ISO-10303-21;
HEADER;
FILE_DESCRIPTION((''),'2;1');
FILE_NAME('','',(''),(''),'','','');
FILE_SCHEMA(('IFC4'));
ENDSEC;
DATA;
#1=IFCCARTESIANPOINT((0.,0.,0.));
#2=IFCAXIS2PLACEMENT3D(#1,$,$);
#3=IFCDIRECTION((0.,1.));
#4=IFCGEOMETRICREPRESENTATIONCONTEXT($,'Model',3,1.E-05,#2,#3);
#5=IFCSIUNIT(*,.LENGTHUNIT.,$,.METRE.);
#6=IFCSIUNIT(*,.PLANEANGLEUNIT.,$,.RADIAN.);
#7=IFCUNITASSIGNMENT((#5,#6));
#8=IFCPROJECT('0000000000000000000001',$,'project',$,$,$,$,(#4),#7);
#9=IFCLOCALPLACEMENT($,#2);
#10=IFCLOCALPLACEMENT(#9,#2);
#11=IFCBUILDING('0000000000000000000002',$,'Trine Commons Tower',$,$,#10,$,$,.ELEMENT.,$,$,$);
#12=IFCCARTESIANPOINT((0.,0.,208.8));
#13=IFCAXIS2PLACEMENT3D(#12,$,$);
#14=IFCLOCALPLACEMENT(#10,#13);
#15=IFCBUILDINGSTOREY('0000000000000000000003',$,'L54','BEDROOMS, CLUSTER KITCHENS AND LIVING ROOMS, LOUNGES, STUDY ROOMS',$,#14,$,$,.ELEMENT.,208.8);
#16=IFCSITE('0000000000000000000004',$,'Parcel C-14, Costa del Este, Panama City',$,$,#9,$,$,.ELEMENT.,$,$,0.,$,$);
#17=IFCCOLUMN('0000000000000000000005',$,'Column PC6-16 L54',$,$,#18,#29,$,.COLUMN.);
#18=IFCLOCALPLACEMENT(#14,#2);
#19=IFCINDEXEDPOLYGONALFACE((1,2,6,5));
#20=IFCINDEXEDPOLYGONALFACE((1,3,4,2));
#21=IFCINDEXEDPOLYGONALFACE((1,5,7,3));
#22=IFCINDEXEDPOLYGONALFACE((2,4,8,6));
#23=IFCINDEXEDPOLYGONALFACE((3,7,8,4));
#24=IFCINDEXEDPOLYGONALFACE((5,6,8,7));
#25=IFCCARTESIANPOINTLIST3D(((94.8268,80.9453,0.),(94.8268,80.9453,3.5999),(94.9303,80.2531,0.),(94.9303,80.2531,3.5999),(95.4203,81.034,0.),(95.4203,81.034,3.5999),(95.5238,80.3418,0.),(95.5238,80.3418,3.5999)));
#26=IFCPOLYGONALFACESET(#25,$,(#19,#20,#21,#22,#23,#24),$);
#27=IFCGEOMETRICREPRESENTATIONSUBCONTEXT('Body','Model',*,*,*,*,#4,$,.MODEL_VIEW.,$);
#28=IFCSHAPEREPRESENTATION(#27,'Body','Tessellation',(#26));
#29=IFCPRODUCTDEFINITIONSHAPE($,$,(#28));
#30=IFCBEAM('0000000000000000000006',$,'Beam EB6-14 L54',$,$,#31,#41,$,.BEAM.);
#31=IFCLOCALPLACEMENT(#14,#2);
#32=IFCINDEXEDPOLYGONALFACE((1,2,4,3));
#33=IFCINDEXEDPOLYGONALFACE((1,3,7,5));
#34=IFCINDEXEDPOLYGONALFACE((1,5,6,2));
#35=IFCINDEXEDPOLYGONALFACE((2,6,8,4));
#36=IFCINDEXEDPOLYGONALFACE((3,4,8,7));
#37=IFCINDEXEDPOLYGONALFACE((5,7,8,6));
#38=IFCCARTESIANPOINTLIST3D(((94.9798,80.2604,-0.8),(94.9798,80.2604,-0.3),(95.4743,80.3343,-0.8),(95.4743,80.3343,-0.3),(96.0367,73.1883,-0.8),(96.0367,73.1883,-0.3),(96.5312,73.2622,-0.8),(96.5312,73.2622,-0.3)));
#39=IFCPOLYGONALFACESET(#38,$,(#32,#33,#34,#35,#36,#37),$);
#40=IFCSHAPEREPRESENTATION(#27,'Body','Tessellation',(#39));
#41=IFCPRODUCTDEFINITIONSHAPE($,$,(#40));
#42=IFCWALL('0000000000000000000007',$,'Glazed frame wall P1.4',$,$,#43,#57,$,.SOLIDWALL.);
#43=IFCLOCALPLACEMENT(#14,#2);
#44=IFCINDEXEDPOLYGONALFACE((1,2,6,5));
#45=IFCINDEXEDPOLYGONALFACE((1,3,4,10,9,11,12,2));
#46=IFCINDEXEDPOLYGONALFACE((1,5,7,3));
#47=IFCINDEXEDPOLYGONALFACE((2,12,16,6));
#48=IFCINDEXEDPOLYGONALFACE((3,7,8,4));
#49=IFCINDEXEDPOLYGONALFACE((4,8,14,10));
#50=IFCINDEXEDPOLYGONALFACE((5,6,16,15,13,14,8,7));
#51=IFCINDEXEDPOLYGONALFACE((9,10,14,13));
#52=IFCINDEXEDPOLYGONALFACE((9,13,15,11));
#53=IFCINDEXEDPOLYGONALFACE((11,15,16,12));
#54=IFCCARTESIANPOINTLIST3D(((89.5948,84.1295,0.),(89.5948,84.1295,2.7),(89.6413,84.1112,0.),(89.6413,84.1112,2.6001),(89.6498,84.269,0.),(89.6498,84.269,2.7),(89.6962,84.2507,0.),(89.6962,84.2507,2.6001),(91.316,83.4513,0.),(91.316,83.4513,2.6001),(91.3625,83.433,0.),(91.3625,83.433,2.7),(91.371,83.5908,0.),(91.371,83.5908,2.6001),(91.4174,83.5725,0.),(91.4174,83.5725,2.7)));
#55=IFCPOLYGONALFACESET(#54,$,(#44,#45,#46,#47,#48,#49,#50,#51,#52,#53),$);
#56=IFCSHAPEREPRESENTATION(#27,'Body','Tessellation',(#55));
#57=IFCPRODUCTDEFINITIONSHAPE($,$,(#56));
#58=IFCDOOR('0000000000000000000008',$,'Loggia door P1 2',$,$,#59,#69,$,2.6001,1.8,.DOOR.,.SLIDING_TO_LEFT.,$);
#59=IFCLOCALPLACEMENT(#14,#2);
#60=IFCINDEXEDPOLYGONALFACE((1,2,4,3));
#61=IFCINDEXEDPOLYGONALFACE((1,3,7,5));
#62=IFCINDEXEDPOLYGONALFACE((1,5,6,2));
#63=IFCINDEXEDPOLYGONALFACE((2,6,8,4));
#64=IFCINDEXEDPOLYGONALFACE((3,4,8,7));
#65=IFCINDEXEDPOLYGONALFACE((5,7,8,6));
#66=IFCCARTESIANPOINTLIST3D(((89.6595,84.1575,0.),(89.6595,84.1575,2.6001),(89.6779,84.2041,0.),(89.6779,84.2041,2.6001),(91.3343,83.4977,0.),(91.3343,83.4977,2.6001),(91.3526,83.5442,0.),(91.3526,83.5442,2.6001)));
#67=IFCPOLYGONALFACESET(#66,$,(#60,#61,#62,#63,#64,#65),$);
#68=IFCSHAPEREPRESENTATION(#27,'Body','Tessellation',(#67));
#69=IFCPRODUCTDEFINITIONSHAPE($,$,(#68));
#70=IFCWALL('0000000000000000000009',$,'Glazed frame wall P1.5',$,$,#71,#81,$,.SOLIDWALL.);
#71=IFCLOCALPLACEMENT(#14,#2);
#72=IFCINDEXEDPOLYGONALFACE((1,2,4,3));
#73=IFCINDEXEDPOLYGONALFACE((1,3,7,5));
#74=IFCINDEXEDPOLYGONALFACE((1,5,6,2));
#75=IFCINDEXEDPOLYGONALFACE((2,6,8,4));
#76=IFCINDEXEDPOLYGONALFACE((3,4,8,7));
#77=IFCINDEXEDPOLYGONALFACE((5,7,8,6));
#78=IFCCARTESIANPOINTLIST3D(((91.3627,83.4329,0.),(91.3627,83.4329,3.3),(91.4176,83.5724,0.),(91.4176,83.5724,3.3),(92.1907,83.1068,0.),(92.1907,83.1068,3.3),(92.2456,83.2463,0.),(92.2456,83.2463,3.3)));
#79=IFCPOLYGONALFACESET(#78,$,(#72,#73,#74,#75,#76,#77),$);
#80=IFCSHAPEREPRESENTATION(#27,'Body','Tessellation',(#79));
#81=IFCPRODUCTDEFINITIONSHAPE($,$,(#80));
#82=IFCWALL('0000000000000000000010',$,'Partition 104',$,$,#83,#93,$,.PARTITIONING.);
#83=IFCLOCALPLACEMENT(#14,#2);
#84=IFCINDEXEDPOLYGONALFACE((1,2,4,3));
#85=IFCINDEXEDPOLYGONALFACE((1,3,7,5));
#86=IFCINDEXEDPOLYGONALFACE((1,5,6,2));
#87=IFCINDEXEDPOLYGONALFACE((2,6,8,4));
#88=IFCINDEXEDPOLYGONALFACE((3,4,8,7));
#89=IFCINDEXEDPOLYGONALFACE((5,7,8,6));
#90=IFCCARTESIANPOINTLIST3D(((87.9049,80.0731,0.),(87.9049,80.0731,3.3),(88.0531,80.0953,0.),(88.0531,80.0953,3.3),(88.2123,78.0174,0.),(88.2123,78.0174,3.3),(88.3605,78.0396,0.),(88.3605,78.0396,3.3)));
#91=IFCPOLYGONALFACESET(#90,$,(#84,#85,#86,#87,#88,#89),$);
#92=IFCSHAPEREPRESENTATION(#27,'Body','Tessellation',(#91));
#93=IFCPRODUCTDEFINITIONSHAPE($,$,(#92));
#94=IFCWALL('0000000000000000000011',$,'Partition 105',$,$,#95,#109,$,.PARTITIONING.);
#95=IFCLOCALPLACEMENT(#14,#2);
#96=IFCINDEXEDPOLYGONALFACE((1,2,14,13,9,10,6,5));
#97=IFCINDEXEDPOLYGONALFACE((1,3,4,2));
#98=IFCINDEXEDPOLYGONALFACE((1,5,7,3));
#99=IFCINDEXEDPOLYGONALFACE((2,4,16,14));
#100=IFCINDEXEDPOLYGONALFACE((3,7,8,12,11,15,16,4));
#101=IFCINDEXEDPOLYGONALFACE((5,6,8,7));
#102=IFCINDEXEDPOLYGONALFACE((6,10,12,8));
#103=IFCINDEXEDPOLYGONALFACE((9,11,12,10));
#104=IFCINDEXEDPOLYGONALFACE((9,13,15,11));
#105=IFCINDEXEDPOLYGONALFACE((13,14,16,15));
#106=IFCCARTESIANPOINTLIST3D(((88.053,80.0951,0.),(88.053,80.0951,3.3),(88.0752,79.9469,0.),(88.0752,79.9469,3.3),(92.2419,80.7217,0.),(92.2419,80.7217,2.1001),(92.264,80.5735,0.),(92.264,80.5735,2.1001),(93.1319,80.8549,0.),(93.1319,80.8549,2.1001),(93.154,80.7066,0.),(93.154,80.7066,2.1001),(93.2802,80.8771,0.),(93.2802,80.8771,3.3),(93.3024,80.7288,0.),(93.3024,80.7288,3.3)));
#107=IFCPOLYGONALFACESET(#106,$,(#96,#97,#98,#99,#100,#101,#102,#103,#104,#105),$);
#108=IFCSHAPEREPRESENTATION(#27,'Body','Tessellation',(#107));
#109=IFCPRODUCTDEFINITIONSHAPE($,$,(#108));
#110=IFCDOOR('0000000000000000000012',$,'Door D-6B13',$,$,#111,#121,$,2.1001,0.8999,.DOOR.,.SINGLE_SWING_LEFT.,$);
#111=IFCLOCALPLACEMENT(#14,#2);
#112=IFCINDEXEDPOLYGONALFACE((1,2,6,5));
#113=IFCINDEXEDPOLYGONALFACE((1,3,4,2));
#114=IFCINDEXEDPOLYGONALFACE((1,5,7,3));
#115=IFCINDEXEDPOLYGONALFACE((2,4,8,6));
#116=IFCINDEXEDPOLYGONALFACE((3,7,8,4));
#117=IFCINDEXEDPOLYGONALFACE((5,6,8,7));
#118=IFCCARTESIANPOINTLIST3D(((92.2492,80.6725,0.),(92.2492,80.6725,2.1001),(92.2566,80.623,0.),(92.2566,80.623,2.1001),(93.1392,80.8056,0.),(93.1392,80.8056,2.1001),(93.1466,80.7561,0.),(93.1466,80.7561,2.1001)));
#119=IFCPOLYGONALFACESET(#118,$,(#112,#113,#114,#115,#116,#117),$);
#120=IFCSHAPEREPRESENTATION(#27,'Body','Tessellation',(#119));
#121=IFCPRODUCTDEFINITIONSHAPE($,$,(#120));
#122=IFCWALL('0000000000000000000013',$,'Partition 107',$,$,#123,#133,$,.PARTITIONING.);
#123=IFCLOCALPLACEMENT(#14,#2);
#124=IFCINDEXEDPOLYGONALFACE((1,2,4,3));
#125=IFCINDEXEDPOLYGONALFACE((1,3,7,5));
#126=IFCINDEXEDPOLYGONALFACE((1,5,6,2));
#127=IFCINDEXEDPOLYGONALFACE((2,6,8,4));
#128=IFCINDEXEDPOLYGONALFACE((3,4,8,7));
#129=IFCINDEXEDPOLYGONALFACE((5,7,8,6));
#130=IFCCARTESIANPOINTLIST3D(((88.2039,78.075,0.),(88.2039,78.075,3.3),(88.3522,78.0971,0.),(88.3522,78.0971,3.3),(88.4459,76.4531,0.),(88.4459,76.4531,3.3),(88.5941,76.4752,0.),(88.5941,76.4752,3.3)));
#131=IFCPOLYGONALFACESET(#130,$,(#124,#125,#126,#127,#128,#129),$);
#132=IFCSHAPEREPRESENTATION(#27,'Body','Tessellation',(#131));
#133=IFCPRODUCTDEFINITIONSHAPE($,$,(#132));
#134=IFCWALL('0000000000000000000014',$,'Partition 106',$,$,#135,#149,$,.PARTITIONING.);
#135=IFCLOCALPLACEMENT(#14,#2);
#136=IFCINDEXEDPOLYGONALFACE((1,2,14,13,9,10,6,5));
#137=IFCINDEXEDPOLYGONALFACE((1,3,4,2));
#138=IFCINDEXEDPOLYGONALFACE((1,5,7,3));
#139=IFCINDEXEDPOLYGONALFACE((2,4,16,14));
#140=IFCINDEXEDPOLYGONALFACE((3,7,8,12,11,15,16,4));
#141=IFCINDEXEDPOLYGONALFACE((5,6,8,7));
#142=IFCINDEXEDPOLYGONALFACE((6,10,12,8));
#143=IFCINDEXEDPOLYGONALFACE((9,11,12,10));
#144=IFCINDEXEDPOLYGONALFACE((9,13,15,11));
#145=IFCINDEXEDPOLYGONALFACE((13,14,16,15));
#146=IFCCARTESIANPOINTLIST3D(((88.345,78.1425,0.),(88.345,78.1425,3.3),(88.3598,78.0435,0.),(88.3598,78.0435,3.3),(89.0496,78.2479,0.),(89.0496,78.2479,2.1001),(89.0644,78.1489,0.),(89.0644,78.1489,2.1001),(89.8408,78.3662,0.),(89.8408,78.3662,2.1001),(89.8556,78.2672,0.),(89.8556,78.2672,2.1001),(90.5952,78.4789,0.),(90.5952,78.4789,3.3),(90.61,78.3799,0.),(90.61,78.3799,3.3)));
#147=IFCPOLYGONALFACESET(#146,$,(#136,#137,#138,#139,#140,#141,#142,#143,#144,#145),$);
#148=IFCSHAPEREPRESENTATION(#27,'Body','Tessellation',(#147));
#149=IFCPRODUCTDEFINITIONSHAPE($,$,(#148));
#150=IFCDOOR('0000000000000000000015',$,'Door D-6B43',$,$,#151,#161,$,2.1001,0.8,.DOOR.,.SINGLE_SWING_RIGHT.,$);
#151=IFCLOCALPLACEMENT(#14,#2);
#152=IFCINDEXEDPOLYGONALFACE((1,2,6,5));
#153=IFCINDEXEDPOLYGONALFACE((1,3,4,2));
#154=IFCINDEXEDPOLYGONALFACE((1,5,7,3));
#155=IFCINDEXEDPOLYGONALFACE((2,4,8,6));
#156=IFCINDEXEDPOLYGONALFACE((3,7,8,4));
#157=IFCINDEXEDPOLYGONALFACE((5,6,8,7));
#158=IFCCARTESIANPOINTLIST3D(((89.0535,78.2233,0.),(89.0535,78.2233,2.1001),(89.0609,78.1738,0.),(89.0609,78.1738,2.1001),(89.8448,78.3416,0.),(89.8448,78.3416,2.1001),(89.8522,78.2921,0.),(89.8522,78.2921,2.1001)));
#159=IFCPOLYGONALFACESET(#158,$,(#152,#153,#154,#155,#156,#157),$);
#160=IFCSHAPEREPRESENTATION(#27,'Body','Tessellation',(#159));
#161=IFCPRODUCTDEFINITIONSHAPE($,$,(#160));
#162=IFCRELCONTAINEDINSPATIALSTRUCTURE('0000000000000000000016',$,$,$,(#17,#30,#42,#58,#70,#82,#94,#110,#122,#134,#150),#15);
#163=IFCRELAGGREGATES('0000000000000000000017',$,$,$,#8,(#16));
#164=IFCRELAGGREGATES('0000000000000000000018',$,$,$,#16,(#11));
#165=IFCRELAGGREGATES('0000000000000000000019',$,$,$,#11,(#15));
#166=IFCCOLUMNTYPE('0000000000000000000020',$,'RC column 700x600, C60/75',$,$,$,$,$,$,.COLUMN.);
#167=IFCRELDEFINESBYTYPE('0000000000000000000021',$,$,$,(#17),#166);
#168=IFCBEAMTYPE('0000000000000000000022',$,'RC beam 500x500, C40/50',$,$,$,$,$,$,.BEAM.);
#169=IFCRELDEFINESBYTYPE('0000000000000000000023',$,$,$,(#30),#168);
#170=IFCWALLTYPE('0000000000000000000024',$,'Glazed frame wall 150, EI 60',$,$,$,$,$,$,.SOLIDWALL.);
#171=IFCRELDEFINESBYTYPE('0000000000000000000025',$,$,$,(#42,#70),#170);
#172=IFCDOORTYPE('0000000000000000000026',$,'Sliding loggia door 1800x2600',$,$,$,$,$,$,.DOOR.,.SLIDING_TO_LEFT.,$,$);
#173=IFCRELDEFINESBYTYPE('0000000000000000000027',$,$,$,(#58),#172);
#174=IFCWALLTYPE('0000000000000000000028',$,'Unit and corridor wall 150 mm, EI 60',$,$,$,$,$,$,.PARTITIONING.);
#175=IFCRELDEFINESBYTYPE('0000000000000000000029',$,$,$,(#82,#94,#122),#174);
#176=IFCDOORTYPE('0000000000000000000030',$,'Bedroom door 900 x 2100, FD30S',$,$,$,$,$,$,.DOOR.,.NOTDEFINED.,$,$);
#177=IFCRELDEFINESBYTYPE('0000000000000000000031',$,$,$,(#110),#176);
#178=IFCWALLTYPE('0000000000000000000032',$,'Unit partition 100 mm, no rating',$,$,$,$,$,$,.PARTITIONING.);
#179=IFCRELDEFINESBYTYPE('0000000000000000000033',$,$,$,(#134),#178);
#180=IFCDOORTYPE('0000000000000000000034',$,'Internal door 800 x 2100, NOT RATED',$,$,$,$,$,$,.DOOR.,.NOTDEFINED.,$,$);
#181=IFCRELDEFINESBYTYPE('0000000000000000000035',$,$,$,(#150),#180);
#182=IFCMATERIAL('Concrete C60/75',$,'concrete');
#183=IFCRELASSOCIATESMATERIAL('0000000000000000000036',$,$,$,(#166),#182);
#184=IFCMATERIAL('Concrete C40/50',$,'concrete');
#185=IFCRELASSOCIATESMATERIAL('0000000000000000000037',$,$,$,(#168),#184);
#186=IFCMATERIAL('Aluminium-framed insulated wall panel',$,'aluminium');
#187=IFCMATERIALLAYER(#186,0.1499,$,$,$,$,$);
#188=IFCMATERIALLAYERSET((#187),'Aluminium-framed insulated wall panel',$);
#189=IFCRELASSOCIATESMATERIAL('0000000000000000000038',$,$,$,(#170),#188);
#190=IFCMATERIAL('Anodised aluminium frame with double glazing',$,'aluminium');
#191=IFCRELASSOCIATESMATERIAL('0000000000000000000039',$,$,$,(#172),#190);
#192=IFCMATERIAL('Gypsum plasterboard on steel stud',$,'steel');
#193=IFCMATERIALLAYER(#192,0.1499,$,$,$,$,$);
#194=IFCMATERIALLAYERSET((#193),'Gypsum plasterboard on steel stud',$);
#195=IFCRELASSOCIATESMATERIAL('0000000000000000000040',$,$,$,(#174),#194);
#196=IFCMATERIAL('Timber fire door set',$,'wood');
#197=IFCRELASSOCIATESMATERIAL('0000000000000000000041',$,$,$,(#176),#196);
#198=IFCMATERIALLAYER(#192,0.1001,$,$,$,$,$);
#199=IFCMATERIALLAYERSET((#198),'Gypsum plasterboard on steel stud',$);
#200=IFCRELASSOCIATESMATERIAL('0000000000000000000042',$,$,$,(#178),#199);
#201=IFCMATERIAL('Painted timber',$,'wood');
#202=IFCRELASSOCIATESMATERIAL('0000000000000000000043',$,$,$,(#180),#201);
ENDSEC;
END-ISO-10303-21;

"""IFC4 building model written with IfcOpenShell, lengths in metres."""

from ifc_helpers import new_model, si_unit, direction, frame, frame_2d, origin, origin_2d, place, context, subcontext, project, spatial, polyline, rectangle, outline, extrude, material, layer, layer_set, material_profile, profile_set, type_object, element, fill, save


model = new_model("IFC4")

# Units and contexts
model_context = context("Model", 3, precision=1e-05, world=origin(), true_north=direction((0.0, 1.0)))
body_context = subcontext(model_context, "Body", "Model", "MODEL_VIEW")
ifc_project = project(units=[si_unit("LENGTHUNIT", "METRE"), si_unit("PLANEANGLEUNIT", "RADIAN")], contexts=[model_context])

# Site, building, storey
site_placement = place(None, origin())
site = spatial("IfcSite", under=ifc_project, at=site_placement, Name="Parcel C-14, Costa del Este, Panama City", CompositionType="ELEMENT", RefElevation=0.0)
building_placement = place(site_placement, origin())
building = spatial("IfcBuilding", under=site, at=building_placement, Name="Trine Commons Tower", CompositionType="ELEMENT")
storey_placement = place(building_placement, frame((0.0, 0.0, 208.8)))
storey = spatial("IfcBuildingStorey", under=building, at=storey_placement, Name="L54", Description="BEDROOMS, CLUSTER KITCHENS AND LIVING ROOMS, LOUNGES, STUDY ROOMS", CompositionType="ELEMENT", Elevation=208.8)

# Column
ifc_material_1 = material(Name="Concrete C60/75", Category="concrete")
ifc_material_profile_1 = material_profile(ifc_material_1, rectangle(XDim=0.7, YDim=0.6001, at=origin_2d()), Name="RC 700x600")
ifc_profile_set_1 = profile_set([ifc_material_profile_1], Name="Concrete C60/75")
column_type = type_object("IfcColumnType", Name="RC column 700x600, C60/75", PredefinedType="COLUMN", material=ifc_profile_set_1)
column_placement = place(storey_placement, frame((95.1753, 80.6436, 0.0), z_axis=(0.0, 0.0, 1.0), x_axis=(-0.147809, 0.989016, 0.0)))
element("IfcColumn", 1, at=column_placement, inside=storey, type_object=column_type, Name="Column PC6-16 L54", PredefinedType="COLUMN", context=body_context, shape_type="SweptSolid", body=[
    extrude(rectangle(XDim=0.7, YDim=0.6001, at=origin_2d()), origin(), (0.0, 0.0, 1.0), 3.5999),
])

# Beam
ifc_material_2 = material(Name="Concrete C40/50", Category="concrete")
ifc_material_profile_2 = material_profile(ifc_material_2, rectangle(XDim=0.5, YDim=0.5, at=origin_2d()), Name="RC 500x500")
ifc_profile_set_2 = profile_set([ifc_material_profile_2], Name="Concrete C40/50")
beam_type = type_object("IfcBeamType", Name="RC beam 500x500, C40/50", PredefinedType="BEAM", material=ifc_profile_set_2)
beam_placement = place(storey_placement, frame((95.2271, 80.2974, -0.55), z_axis=(0.147804, -0.989017, 0.0), x_axis=(0.989017, 0.147804, 0.0)))
element("IfcBeam", 2, at=beam_placement, inside=storey, type_object=beam_type, Name="Beam EB6-14 L54", PredefinedType="BEAM", context=body_context, shape_type="SweptSolid", body=[
    extrude(rectangle(XDim=0.5, YDim=0.5, at=origin_2d()), origin(), (0.0, 0.0, 1.0), 7.1506),
])

# Wall, opening, door
ifc_material_3 = material(Name="Aluminium-framed insulated wall panel", Category="aluminium")
ifc_layer_1 = layer(ifc_material_3, 0.1499)
ifc_layer_set_1 = layer_set([ifc_layer_1], Name="Aluminium-framed insulated wall panel")
wall_type_1 = type_object("IfcWallType", Name="Glazed frame wall 150, EI 60", PredefinedType="SOLIDWALL", material=ifc_layer_set_1)
wall_1_placement = place(storey_placement, frame((89.6223, 84.1992, 0.0), z_axis=(0.0, 0.0, 1.0), x_axis=(0.930387, -0.366578, 0.0)))
wall_1 = element("IfcWall", 3, at=wall_1_placement, inside=storey, type_object=wall_type_1, Name="Glazed frame wall P1.4", PredefinedType="SOLIDWALL", context=body_context, shape_type="SweptSolid", body=[
    extrude(outline(polyline([(0.0, -0.075), (1.8999, -0.075), (1.8999, 0.075), (0.0, 0.075), (0.0, -0.075)])), origin(), (0.0, 0.0, 1.0), 2.7),
])
opening_1_placement = place(wall_1_placement, frame((0.05, 0.0, 0.0)))
opening_1 = element("IfcOpeningElement", 4, at=opening_1_placement, cuts=wall_1, PredefinedType="OPENING", context=body_context, shape_type="SweptSolid", body=[
    extrude(rectangle(XDim=1.8, YDim=2.6001, at=frame_2d((0.8999, 1.3))), frame((0.0, 0.085, 0.0), z_axis=(0.0, -1.0, 0.0), x_axis=(1.0, 0.0, 0.0)), (0.0, 0.0, 1.0), 0.1699),
])
ifc_material_4 = material(Name="Anodised aluminium frame with double glazing", Category="aluminium")
door_type_1 = type_object("IfcDoorType", Name="Sliding loggia door 1800x2600", OperationType="SLIDING_TO_LEFT", PredefinedType="DOOR", material=ifc_material_4)
door_1_placement = place(opening_1_placement, origin())
door_1 = element("IfcDoor", 5, at=door_1_placement, inside=storey, type_object=door_type_1, Name="Loggia door P1 2", OperationType="SLIDING_TO_LEFT", OverallHeight=2.6001, OverallWidth=1.8, PredefinedType="DOOR", context=body_context, shape_type="SweptSolid", body=[
    extrude(rectangle(XDim=1.8, YDim=2.6001, at=frame_2d((0.8999, 1.3))), frame((0.0, 0.0249, 0.0), z_axis=(0.0, -1.0, 0.0), x_axis=(1.0, 0.0, 0.0)), (0.0, 0.0, 1.0), 0.05),
])
fill(opening_1, door_1)

# Wall
wall_2_placement = place(storey_placement, frame((91.3901, 83.5027, 0.0), z_axis=(0.0, 0.0, 1.0), x_axis=(0.930434, -0.36646, 0.0)))
element("IfcWall", 6, at=wall_2_placement, inside=storey, type_object=wall_type_1, Name="Glazed frame wall P1.5", PredefinedType="SOLIDWALL", context=body_context, shape_type="SweptSolid", body=[
    extrude(outline(polyline([(0.8899, 0.075), (0.0, 0.075), (0.0, -0.075), (0.8899, -0.075), (0.8899, 0.075)])), origin(), (0.0, 0.0, 1.0), 3.3),
])

# Wall
ifc_material_5 = material(Name="Gypsum plasterboard on steel stud", Category="steel")
ifc_layer_2 = layer(ifc_material_5, 0.1499)
ifc_layer_set_2 = layer_set([ifc_layer_2], Name="Gypsum plasterboard on steel stud")
wall_type_2 = type_object("IfcWallType", Name="Unit and corridor wall 150 mm, EI 60", PredefinedType="PARTITIONING", material=ifc_layer_set_2)
wall_3_placement = place(storey_placement, frame((87.979, 80.0842, 0.0), z_axis=(0.0, 0.0, 1.0), x_axis=(0.147881, -0.989005, 0.0)))
element("IfcWall", 7, at=wall_3_placement, inside=storey, type_object=wall_type_2, Name="Partition 104", PredefinedType="PARTITIONING", context=body_context, shape_type="SweptSolid", body=[
    extrude(rectangle(XDim=2.0786, YDim=0.1499, at=frame_2d((1.0393, 0.0))), origin(), (0.0, 0.0, 1.0), 3.3),
])

# Wall, opening, door
wall_4_placement = place(storey_placement, frame((88.0642, 80.021, 0.0), z_axis=(0.0, 0.0, 1.0), x_axis=(0.988995, 0.14795, 0.0)))
wall_4 = element("IfcWall", 8, at=wall_4_placement, inside=storey, type_object=wall_type_2, Name="Partition 105", PredefinedType="PARTITIONING", context=body_context, shape_type="SweptSolid", body=[
    extrude(rectangle(XDim=5.2854, YDim=0.1499, at=frame_2d((2.6426, 0.0))), origin(), (0.0, 0.0, 1.0), 3.3),
])
opening_2_placement = place(wall_4_placement, frame((4.2354, 0.0, 0.0)))
opening_2 = element("IfcOpeningElement", 9, at=opening_2_placement, cuts=wall_4, PredefinedType="OPENING", context=body_context, shape_type="SweptSolid", body=[
    extrude(rectangle(XDim=0.8999, YDim=2.1001, at=frame_2d((0.45, 1.05))), frame((0.0, 0.085, 0.0), z_axis=(0.0, -1.0, 0.0), x_axis=(1.0, 0.0, 0.0)), (0.0, 0.0, 1.0), 0.1699),
])
ifc_material_6 = material(Name="Timber fire door set", Category="wood")
door_type_2 = type_object("IfcDoorType", Name="Bedroom door 900 x 2100, FD30S", OperationType="NOTDEFINED", PredefinedType="DOOR", material=ifc_material_6)
door_2_placement = place(opening_2_placement, frame((0.8999, 0.0, 0.0), z_axis=(0.0, 0.0, 1.0), x_axis=(-1.0, 0.0, 0.0)))
door_2 = element("IfcDoor", 10, at=door_2_placement, inside=storey, type_object=door_type_2, Name="Door D-6B13", OperationType="SINGLE_SWING_LEFT", OverallHeight=2.1001, OverallWidth=0.8999, PredefinedType="DOOR", context=body_context, shape_type="SweptSolid", body=[
    extrude(rectangle(XDim=0.8999, YDim=2.1001, at=frame_2d((0.45, 1.05))), frame((0.0, 0.0249, 0.0), z_axis=(0.0, -1.0, 0.0), x_axis=(1.0, 0.0, 0.0)), (0.0, 0.0, 1.0), 0.05),
])
fill(opening_2, door_2)

# Wall
wall_5_placement = place(storey_placement, frame((88.2781, 78.0859, 0.0), z_axis=(0.0, 0.0, 1.0), x_axis=(0.147547, -0.989055, 0.0)))
element("IfcWall", 11, at=wall_5_placement, inside=storey, type_object=wall_type_2, Name="Partition 107", PredefinedType="PARTITIONING", context=body_context, shape_type="SweptSolid", body=[
    extrude(rectangle(XDim=1.6399, YDim=0.1499, at=frame_2d((0.8198, 0.0))), origin(), (0.0, 0.0, 1.0), 3.3),
])

# Wall, opening, door
ifc_layer_3 = layer(ifc_material_5, 0.1001)
ifc_layer_set_3 = layer_set([ifc_layer_3], Name="Gypsum plasterboard on steel stud")
wall_type_3 = type_object("IfcWallType", Name="Unit partition 100 mm, no rating", PredefinedType="PARTITIONING", material=ifc_layer_set_3)
wall_6_placement = place(storey_placement, frame((88.3523, 78.093, 0.0), z_axis=(0.0, 0.0, 1.0), x_axis=(0.989008, 0.147863, 0.0)))
wall_6 = element("IfcWall", 12, at=wall_6_placement, inside=storey, type_object=wall_type_3, Name="Partition 106", PredefinedType="PARTITIONING", context=body_context, shape_type="SweptSolid", body=[
    extrude(rectangle(XDim=2.2751, YDim=0.1001, at=frame_2d((1.1377, 0.0))), origin(), (0.0, 0.0, 1.0), 3.3),
])
opening_3_placement = place(wall_6_placement, frame((0.7126, 0.0, 0.0)))
opening_3 = element("IfcOpeningElement", 13, at=opening_3_placement, cuts=wall_6, PredefinedType="OPENING", context=body_context, shape_type="SweptSolid", body=[
    extrude(rectangle(XDim=0.8, YDim=2.1001, at=frame_2d((0.3999, 1.05))), frame((0.0, 0.0601, 0.0), z_axis=(0.0, -1.0, 0.0), x_axis=(1.0, 0.0, 0.0)), (0.0, 0.0, 1.0), 0.1201),
])
ifc_material_7 = material(Name="Painted timber", Category="wood")
door_type_3 = type_object("IfcDoorType", Name="Internal door 800 x 2100, NOT RATED", OperationType="NOTDEFINED", PredefinedType="DOOR", material=ifc_material_7)
door_3_placement = place(opening_3_placement, frame((0.8, 0.0, 0.0), z_axis=(0.0, 0.0, 1.0), x_axis=(-1.0, 0.0, 0.0)))
door_3 = element("IfcDoor", 14, at=door_3_placement, inside=storey, type_object=door_type_3, Name="Door D-6B43", OperationType="SINGLE_SWING_RIGHT", OverallHeight=2.1001, OverallWidth=0.8, PredefinedType="DOOR", context=body_context, shape_type="SweptSolid", body=[
    extrude(rectangle(XDim=0.8, YDim=2.1001, at=frame_2d((0.3999, 1.05))), frame((0.0, 0.0249, 0.0), z_axis=(0.0, -1.0, 0.0), x_axis=(1.0, 0.0, 0.0)), (0.0, 0.0, 1.0), 0.05),
])
fill(opening_3, door_3)

save(model, "model.ifc")
